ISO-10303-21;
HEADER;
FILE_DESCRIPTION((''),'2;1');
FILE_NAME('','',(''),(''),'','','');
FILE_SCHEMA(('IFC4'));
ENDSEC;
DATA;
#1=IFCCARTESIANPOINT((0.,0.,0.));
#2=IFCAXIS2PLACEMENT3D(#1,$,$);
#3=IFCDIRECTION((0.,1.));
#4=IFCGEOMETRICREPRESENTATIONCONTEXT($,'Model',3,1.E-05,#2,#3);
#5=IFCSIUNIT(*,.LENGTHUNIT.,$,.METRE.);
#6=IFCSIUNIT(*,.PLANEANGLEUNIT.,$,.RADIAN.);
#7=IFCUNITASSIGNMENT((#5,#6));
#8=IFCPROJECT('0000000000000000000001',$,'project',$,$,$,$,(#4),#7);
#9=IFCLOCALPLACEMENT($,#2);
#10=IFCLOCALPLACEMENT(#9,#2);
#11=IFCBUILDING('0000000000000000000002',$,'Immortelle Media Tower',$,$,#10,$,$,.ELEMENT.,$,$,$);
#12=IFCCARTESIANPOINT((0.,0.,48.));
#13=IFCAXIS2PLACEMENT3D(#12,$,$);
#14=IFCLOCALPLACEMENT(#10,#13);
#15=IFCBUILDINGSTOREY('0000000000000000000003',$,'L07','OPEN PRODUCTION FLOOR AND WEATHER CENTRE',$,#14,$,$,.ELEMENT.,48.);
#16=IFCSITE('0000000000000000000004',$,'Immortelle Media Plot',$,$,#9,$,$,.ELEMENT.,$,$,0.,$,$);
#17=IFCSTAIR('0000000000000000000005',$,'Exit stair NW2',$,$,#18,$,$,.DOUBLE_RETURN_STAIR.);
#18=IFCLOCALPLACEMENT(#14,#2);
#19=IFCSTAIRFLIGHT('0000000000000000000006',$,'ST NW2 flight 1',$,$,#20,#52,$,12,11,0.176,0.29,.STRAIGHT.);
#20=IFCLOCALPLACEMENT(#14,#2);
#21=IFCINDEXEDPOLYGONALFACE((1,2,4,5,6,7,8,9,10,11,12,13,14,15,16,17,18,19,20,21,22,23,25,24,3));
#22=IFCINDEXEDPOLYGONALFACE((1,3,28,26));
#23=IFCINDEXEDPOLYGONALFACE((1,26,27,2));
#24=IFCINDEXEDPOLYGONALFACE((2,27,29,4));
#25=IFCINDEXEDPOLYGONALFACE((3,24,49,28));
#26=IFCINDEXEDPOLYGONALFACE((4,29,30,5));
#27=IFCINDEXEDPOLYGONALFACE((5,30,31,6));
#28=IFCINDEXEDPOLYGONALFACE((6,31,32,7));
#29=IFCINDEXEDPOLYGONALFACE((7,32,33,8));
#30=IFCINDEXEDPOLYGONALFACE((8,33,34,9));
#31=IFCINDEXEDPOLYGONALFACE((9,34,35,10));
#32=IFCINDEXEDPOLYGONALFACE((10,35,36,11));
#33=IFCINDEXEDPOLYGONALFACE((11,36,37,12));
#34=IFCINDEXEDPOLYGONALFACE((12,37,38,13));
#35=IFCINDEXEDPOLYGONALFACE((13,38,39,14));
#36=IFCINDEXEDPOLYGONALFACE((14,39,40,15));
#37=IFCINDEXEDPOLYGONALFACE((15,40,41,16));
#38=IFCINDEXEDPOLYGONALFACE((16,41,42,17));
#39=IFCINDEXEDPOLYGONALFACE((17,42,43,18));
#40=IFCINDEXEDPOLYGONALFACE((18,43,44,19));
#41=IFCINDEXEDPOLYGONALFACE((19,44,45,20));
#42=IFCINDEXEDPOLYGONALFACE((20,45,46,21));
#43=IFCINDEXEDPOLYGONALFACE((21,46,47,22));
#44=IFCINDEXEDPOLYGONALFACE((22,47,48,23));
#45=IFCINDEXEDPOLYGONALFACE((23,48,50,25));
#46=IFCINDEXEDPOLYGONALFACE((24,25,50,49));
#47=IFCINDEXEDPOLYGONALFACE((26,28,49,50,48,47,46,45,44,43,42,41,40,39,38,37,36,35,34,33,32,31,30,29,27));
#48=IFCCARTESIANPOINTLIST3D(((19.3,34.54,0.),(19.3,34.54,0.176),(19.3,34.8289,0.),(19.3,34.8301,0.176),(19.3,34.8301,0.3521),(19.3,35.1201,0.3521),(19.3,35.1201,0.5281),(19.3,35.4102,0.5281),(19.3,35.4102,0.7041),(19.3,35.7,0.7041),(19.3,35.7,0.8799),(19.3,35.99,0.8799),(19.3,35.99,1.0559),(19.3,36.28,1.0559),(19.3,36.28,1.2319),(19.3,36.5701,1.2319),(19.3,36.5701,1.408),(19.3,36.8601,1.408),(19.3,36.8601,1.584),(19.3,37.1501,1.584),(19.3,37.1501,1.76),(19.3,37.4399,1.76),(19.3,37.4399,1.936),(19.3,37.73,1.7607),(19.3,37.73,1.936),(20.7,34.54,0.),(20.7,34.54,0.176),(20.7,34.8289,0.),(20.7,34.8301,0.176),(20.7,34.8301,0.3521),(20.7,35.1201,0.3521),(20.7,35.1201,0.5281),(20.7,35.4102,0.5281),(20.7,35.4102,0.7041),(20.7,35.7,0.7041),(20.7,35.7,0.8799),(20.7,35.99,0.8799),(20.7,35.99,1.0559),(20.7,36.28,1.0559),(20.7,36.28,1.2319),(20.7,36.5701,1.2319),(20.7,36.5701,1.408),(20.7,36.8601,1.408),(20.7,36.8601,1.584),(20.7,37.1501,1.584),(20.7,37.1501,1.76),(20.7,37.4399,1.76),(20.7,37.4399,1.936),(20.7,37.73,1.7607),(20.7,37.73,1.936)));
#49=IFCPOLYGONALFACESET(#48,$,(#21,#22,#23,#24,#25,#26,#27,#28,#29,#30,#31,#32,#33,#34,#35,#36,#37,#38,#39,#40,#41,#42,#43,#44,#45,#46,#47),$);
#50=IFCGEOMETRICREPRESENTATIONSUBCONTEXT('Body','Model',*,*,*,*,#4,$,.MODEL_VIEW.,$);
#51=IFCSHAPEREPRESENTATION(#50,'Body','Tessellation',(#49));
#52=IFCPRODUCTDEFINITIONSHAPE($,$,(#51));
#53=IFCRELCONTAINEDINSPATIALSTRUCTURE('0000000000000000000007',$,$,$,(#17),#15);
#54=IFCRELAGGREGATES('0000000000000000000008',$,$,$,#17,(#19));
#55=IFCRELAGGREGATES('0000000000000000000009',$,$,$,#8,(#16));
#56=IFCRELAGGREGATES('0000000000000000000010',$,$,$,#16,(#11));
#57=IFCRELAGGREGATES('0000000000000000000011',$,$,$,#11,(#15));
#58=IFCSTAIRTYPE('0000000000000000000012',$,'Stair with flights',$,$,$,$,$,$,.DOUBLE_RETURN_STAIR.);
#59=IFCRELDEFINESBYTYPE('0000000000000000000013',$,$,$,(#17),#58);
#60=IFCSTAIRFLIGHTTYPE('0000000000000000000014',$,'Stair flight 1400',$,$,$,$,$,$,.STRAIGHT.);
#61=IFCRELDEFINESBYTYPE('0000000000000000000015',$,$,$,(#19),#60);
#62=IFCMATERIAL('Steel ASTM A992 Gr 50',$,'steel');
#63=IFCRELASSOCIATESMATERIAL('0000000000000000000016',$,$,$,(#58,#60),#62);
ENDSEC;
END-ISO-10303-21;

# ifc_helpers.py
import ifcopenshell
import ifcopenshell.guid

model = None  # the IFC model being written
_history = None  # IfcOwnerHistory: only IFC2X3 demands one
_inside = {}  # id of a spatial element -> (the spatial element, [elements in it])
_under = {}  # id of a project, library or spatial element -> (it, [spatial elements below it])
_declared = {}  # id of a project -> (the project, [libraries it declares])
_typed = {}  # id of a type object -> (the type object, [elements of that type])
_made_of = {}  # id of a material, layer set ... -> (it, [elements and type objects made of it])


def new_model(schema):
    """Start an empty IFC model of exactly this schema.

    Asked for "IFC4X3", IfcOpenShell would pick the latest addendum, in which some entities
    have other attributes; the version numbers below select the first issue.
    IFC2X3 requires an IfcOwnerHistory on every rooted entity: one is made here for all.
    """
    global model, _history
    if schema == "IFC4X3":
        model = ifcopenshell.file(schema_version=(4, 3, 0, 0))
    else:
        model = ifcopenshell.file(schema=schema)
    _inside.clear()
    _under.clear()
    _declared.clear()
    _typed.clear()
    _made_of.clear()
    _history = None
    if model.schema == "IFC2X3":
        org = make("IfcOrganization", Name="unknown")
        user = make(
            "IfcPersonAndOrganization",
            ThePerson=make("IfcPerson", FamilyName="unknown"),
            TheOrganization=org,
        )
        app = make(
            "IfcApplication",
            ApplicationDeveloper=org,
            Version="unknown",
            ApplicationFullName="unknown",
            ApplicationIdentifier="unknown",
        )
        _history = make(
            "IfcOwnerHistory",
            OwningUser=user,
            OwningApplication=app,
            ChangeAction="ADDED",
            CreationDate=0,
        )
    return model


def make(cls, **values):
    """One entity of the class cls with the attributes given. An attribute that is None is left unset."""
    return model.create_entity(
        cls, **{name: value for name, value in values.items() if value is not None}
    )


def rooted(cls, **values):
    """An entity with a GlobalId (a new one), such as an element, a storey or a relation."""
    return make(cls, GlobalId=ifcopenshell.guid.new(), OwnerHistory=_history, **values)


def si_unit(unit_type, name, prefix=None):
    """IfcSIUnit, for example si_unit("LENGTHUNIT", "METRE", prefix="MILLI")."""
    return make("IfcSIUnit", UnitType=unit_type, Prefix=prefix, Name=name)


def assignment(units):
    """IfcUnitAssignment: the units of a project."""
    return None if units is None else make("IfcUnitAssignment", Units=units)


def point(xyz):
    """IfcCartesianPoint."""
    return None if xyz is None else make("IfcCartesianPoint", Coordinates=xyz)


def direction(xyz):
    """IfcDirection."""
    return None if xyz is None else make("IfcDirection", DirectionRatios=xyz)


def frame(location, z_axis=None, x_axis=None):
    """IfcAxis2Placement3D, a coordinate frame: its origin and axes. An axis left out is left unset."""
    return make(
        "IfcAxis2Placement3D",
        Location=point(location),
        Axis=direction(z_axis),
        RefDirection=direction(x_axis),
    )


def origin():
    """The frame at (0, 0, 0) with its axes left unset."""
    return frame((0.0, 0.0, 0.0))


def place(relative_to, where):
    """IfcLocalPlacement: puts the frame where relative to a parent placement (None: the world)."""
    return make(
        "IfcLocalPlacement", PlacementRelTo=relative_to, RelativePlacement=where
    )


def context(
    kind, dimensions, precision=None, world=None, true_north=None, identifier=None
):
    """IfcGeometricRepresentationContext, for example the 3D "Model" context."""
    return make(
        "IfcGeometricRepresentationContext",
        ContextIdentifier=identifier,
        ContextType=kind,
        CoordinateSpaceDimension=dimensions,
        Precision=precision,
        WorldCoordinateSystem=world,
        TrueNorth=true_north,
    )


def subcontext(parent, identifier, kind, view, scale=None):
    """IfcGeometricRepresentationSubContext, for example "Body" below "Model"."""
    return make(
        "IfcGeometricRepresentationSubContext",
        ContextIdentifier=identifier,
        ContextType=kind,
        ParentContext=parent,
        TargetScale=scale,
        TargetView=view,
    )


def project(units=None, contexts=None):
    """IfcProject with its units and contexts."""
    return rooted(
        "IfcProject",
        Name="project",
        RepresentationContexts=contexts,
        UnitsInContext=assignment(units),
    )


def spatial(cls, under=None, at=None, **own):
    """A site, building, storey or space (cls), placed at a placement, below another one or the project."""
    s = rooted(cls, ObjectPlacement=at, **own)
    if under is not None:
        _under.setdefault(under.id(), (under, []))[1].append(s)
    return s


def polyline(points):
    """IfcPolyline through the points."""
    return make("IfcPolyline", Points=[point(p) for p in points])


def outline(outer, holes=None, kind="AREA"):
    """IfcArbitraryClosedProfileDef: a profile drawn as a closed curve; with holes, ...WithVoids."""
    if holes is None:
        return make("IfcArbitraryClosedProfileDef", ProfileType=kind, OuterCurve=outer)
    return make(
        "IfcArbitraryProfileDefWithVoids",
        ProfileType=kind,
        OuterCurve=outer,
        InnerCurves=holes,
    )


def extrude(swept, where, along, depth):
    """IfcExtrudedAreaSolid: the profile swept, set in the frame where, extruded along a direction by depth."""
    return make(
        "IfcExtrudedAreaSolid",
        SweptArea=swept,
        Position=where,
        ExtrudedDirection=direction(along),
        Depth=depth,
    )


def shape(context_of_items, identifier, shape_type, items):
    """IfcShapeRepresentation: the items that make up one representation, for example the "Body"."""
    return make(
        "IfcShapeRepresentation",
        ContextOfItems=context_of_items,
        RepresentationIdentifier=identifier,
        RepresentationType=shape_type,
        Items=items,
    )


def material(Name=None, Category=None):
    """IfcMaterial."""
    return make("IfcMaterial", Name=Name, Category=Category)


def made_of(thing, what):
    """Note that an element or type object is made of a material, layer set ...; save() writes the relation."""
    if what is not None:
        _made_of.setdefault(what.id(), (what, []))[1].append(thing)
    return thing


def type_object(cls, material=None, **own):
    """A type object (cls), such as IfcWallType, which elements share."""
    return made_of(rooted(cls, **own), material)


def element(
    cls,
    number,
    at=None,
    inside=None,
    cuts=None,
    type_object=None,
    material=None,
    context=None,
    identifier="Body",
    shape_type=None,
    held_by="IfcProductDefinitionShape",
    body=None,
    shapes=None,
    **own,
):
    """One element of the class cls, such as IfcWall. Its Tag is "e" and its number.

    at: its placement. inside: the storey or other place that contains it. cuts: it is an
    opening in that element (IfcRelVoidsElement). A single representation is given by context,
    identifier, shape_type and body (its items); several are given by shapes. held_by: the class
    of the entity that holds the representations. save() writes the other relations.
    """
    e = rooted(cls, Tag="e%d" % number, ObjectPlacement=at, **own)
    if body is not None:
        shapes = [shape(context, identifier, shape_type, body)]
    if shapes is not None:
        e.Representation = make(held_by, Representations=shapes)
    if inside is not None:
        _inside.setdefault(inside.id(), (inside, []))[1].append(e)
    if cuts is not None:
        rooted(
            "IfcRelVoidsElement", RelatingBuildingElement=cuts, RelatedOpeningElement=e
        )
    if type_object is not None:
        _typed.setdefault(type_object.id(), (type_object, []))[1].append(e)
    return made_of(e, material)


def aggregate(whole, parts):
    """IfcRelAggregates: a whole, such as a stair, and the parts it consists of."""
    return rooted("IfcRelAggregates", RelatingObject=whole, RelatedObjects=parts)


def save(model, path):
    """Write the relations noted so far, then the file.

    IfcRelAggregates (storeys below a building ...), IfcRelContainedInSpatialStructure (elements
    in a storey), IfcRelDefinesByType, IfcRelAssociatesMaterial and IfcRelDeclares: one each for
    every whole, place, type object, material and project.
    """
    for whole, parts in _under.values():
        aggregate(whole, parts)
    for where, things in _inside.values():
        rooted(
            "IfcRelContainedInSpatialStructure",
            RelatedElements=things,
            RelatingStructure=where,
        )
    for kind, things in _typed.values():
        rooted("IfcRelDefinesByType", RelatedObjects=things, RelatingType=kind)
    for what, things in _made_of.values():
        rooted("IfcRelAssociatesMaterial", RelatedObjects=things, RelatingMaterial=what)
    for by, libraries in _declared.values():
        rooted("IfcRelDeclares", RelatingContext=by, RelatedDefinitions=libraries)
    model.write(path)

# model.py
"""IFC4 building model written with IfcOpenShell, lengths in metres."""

from ifc_helpers import new_model, si_unit, direction, frame, origin, place, context, subcontext, project, spatial, polyline, outline, extrude, material, type_object, element, aggregate, save


model = new_model("IFC4")

# Units and contexts
model_context = context("Model", 3, precision=1e-05, world=origin(), true_north=direction((0.0, 1.0)))
body_context = subcontext(model_context, "Body", "Model", "MODEL_VIEW")
ifc_project = project(units=[si_unit("LENGTHUNIT", "METRE"), si_unit("PLANEANGLEUNIT", "RADIAN")], contexts=[model_context])

# Site, building, storey
site_placement = place(None, origin())
site = spatial("IfcSite", under=ifc_project, at=site_placement, Name="Immortelle Media Plot", CompositionType="ELEMENT", RefElevation=0.0)
building_placement = place(site_placement, origin())
building = spatial("IfcBuilding", under=site, at=building_placement, Name="Immortelle Media Tower", CompositionType="ELEMENT")
storey_placement = place(building_placement, frame((0.0, 0.0, 48.0)))
storey = spatial("IfcBuildingStorey", under=building, at=storey_placement, Name="L07", Description="OPEN PRODUCTION FLOOR AND WEATHER CENTRE", CompositionType="ELEMENT", Elevation=48.0)

# Shared definitions
ifc_material_1 = material(Name="Steel ASTM A992 Gr 50", Category="steel")

# Stair, stair flight
stair_type = type_object("IfcStairType", Name="Stair with flights", PredefinedType="DOUBLE_RETURN_STAIR", material=ifc_material_1)
stair_flight_type = type_object("IfcStairFlightType", Name="Stair flight 1400", PredefinedType="STRAIGHT", material=ifc_material_1)
stair_1_placement = place(storey_placement, origin())
stair_1 = element("IfcStair", 1, at=stair_1_placement, inside=storey, type_object=stair_type, Name="Exit stair NW2", PredefinedType="DOUBLE_RETURN_STAIR")
stair_flight_1_placement = place(storey_placement, frame((20.0, 34.54, 0.0), z_axis=(0.0, 0.0, 1.0), x_axis=(0.0, 1.0, 0.0)))
stair_flight_1 = element("IfcStairFlight", 2, at=stair_flight_1_placement, type_object=stair_flight_type, Name="ST NW2 flight 1", NumberOfRisers=12, NumberOfTreads=11, PredefinedType="STRAIGHT", RiserHeight=0.176, TreadLength=0.29, context=body_context, shape_type="SweptSolid", body=[
    extrude(outline(polyline([(0.0, 0.0), (0.0, 0.176), (0.29, 0.176), (0.29, 0.3521), (0.5801, 0.3521), (0.5801, 0.5281), (0.8701, 0.5281), (0.8701, 0.7041), (1.1599, 0.7041), (1.1599, 0.8799), (1.45, 0.8799), (1.45, 1.0559), (1.74, 1.0559), (1.74, 1.2319), (2.03, 1.2319), (2.03, 1.408), (2.3201, 1.408), (2.3201, 1.584), (2.6101, 1.584), (2.6101, 1.76), (2.8999, 1.76), (2.8999, 1.936), (3.1899, 1.936), (3.1899, 2.1121), (3.1899, 1.7607), (0.2888, 0.0), (0.0, 0.0)])), frame((0.0, 0.7, 0.0), z_axis=(0.0, -1.0, 0.0), x_axis=(1.0, 0.0, 0.0)), (0.0, 0.0, 1.0), 1.3999),
])
aggregate(stair_1, [stair_flight_1])

save(model, "model.ifc")
